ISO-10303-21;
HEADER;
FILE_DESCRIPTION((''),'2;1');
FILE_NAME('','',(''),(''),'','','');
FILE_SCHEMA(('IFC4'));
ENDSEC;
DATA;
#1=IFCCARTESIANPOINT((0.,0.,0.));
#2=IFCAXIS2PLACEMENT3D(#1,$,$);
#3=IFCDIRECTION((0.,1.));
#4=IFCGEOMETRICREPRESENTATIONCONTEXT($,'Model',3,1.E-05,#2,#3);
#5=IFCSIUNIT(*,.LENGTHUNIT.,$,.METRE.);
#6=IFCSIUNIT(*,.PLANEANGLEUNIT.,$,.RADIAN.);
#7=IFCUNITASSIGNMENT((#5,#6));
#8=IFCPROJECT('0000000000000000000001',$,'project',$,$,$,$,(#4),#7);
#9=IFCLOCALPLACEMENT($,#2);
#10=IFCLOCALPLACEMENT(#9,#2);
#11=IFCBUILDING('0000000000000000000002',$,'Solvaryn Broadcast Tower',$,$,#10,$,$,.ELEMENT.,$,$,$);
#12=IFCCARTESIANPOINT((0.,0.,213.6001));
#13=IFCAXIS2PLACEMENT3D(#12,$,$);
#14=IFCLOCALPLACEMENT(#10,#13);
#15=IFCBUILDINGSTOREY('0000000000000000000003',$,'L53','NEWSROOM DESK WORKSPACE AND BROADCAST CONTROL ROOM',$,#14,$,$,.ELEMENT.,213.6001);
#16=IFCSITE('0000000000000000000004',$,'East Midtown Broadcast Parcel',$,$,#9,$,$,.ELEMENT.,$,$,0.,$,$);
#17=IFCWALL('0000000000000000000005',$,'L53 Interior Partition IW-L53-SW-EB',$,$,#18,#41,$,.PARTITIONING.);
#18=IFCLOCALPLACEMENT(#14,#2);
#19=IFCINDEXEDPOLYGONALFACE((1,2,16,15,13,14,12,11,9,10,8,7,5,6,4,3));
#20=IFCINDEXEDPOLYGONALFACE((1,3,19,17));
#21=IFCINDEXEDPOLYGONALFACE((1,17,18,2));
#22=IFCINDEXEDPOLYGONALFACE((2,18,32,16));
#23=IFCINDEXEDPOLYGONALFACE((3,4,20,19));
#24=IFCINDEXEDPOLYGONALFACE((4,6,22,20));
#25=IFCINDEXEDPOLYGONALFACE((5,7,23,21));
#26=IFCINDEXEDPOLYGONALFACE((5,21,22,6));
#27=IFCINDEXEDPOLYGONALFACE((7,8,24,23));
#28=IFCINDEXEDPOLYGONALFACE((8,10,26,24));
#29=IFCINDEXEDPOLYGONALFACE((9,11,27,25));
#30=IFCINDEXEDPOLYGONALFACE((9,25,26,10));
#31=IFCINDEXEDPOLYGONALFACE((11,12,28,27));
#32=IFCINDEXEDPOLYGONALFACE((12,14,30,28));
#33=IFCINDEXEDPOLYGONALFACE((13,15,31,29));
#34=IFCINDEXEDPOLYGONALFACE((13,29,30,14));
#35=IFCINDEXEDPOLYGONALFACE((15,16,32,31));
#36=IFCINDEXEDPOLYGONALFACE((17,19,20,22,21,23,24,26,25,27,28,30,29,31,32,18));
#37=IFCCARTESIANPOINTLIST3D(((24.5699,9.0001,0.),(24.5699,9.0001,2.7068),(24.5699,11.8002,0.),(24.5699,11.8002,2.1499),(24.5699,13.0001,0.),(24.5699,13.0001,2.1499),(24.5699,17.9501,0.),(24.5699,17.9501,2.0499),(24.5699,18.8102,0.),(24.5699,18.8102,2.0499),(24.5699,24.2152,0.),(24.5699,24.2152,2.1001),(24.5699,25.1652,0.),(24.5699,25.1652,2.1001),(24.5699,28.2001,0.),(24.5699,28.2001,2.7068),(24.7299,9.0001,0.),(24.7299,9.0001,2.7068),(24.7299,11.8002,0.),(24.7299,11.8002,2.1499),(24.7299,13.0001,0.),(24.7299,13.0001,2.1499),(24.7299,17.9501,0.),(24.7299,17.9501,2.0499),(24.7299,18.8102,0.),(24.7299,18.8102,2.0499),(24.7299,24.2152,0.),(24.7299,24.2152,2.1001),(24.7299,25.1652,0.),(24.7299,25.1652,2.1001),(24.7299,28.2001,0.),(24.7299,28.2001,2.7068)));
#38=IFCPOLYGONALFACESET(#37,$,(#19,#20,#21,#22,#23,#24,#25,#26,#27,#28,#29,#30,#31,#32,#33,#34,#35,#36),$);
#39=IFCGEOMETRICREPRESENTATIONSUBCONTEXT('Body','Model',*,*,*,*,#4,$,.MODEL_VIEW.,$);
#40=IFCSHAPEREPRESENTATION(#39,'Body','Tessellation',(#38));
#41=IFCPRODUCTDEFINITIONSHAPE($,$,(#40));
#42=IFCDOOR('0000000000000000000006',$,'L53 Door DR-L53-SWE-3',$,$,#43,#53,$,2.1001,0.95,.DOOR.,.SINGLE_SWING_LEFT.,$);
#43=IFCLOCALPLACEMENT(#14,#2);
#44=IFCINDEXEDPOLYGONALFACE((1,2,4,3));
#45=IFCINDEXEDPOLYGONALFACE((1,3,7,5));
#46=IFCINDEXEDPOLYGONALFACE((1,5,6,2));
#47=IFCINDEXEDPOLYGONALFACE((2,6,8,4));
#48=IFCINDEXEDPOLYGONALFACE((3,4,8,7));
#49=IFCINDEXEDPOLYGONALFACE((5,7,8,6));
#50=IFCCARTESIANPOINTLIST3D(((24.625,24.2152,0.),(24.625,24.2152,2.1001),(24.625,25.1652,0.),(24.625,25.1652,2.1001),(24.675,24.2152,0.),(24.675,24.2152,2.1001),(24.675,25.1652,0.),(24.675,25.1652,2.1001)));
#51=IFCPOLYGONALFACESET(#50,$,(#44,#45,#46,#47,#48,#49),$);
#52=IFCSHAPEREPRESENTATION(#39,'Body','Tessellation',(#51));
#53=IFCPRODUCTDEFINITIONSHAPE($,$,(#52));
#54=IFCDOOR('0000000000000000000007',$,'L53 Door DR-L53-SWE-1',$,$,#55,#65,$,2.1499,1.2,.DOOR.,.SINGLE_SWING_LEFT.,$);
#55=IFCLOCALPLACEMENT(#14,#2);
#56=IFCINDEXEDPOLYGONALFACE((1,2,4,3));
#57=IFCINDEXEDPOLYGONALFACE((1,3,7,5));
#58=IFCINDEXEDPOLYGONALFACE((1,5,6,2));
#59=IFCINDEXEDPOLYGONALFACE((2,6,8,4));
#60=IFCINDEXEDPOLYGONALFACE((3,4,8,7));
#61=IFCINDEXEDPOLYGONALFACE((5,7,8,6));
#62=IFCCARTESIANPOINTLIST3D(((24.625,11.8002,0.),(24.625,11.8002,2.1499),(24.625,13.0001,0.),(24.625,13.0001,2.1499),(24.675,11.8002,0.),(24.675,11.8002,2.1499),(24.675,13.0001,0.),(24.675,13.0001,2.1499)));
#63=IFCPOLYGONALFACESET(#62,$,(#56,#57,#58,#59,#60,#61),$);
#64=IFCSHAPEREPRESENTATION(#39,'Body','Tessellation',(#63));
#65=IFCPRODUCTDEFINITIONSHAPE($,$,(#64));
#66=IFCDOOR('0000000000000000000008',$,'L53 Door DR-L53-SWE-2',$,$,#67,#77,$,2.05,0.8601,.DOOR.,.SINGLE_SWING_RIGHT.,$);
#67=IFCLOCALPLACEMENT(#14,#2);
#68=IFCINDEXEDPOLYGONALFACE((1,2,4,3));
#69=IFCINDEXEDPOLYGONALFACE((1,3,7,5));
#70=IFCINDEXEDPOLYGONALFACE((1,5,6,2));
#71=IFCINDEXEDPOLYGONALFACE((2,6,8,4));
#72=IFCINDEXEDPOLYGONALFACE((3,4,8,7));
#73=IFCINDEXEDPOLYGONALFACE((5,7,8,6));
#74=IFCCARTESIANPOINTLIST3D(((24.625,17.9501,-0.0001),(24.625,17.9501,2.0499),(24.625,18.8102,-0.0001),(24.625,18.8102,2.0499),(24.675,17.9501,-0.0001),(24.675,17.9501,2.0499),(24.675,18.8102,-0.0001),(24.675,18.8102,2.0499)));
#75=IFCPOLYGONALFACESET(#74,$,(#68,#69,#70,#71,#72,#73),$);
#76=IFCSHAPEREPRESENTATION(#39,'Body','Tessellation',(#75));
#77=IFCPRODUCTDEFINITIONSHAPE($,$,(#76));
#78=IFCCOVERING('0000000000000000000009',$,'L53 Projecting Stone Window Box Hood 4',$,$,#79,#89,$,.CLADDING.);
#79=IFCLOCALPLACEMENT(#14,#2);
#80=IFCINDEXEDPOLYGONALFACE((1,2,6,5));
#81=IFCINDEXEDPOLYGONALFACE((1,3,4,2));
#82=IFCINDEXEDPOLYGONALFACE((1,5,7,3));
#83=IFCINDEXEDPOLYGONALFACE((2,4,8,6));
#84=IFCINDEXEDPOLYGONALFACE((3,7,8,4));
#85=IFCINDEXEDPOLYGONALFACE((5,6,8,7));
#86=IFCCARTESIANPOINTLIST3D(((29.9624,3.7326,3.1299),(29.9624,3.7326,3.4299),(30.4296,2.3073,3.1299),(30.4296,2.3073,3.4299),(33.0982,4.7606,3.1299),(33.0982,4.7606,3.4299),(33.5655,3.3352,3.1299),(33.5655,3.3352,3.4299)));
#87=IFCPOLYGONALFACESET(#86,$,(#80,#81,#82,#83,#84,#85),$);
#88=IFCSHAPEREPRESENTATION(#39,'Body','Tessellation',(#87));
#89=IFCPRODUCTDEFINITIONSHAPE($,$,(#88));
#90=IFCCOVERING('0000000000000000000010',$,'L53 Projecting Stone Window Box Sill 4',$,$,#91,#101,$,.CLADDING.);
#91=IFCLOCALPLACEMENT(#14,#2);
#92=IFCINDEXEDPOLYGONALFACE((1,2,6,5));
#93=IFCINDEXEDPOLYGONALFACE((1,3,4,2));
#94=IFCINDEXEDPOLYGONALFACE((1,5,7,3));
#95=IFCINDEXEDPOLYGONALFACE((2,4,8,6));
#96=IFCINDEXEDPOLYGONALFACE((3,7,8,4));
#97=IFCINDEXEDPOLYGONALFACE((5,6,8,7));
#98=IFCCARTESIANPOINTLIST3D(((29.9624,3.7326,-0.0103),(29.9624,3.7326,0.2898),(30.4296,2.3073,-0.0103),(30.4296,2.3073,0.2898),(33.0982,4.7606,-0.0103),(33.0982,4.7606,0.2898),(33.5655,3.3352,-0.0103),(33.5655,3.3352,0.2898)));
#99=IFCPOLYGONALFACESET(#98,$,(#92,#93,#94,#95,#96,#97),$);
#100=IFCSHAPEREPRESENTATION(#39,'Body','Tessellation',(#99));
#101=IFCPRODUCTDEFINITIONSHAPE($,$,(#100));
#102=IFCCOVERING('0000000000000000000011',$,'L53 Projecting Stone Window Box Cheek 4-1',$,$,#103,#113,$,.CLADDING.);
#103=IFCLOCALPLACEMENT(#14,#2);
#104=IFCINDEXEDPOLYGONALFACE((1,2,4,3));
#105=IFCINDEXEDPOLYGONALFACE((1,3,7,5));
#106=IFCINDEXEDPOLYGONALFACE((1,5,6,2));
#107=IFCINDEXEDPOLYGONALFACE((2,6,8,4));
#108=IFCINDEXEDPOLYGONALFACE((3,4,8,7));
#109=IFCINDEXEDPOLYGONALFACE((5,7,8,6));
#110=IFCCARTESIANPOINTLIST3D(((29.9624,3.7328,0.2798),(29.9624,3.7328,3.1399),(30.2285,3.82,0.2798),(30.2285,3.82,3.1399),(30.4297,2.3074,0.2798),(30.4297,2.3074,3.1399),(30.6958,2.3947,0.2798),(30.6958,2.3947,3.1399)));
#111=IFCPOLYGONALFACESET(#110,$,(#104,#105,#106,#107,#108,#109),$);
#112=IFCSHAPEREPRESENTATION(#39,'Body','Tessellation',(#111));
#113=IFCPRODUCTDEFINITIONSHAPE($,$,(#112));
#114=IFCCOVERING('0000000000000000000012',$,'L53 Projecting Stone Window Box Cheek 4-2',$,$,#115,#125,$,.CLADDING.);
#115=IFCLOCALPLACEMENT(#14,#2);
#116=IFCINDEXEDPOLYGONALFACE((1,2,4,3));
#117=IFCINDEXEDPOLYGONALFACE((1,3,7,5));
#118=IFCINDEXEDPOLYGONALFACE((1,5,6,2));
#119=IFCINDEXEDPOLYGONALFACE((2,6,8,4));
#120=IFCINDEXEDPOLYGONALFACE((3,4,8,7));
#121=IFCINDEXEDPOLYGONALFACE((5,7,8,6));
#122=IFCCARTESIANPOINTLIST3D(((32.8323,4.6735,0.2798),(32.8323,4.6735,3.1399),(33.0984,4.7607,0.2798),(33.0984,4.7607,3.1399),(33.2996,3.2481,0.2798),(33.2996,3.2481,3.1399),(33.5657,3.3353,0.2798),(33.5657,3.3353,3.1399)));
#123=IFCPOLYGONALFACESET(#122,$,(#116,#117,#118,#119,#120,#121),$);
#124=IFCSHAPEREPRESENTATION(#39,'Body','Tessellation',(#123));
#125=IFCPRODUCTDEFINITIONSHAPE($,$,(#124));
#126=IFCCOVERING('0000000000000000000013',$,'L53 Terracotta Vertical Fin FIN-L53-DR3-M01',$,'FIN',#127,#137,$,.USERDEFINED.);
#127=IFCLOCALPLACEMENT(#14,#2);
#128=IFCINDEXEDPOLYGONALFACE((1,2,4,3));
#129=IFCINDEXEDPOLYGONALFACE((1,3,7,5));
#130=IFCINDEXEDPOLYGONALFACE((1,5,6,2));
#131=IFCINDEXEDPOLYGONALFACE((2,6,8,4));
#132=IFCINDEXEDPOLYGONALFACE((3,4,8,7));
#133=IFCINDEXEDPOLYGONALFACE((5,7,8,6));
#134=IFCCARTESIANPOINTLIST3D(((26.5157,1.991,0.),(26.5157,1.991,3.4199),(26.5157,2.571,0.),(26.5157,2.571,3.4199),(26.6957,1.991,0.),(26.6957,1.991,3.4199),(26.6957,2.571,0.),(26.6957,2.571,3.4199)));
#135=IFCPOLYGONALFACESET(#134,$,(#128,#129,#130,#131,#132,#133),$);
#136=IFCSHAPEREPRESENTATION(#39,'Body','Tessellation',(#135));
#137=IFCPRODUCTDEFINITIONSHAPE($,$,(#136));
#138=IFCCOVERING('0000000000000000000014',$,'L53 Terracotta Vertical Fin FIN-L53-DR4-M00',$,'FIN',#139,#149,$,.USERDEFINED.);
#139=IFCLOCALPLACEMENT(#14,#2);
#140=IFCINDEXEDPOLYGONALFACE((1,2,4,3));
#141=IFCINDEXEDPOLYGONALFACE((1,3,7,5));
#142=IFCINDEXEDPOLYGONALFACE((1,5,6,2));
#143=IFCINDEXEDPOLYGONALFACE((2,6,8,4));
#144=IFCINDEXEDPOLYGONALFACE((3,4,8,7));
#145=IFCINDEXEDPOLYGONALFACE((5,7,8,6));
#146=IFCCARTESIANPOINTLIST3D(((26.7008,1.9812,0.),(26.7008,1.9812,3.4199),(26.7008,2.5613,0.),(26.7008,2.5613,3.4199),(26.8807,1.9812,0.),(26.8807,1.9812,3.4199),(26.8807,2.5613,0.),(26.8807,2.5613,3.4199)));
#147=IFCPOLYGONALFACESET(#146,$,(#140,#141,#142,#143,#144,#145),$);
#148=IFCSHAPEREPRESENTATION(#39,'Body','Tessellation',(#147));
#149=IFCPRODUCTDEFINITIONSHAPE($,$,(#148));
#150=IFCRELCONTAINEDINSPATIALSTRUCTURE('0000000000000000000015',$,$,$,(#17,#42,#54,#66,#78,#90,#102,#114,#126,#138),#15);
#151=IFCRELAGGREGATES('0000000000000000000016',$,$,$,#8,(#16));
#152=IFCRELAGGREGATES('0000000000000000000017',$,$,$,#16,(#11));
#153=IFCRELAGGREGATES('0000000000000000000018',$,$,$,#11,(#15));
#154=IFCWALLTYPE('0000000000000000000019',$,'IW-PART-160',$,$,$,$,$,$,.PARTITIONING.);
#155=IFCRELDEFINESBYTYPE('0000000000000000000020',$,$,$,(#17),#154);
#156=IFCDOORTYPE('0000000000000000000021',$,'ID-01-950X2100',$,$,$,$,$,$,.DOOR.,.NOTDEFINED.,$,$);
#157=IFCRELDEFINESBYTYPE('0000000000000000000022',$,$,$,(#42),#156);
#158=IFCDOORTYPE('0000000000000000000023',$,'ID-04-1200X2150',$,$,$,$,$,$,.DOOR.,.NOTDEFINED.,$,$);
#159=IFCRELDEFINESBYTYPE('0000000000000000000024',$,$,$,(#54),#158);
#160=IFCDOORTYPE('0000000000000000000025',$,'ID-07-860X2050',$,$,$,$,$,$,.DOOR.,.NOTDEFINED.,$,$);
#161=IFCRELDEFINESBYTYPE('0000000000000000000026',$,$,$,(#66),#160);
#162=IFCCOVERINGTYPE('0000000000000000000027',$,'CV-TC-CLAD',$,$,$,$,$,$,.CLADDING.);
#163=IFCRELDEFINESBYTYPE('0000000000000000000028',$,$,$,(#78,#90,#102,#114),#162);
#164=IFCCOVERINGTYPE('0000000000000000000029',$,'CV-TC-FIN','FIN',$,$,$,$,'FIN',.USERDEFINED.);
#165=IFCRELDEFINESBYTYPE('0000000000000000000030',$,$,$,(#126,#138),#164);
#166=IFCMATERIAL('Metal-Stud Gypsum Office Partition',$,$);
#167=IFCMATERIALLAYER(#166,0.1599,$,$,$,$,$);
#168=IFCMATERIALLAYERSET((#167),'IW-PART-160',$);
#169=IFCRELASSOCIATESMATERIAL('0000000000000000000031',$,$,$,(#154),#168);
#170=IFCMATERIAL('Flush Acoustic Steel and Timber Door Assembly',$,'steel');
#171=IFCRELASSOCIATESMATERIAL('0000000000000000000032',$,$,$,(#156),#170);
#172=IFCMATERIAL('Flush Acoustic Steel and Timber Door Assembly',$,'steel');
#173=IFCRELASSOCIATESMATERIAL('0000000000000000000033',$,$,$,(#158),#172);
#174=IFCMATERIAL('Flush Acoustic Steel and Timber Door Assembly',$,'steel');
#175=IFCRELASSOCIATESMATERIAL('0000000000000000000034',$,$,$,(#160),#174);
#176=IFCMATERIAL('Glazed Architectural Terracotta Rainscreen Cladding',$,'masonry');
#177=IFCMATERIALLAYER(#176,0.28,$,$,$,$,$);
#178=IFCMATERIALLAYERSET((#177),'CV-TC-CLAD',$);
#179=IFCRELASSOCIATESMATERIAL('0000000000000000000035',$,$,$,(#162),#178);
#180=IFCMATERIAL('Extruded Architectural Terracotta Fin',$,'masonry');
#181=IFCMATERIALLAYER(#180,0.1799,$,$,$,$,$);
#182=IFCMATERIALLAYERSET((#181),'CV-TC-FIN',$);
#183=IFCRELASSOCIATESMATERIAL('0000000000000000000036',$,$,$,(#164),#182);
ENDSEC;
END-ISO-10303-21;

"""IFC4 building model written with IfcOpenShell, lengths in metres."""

from ifc_helpers import new_model, si_unit, direction, frame, frame_2d, origin, origin_2d, place, context, subcontext, project, spatial, rectangle, extrude, material, layer, layer_set, type_object, element, fill, save


model = new_model("IFC4")

# Units and contexts
model_context = context("Model", 3, precision=1e-05, world=origin(), true_north=direction((0.0, 1.0)))
body_context = subcontext(model_context, "Body", "Model", "MODEL_VIEW")
ifc_project = project(units=[si_unit("LENGTHUNIT", "METRE"), si_unit("PLANEANGLEUNIT", "RADIAN")], contexts=[model_context])

# Site, building, storey
site_placement = place(None, origin())
site = spatial("IfcSite", under=ifc_project, at=site_placement, Name="East Midtown Broadcast Parcel", CompositionType="ELEMENT", RefElevation=0.0)
building_placement = place(site_placement, origin())
building = spatial("IfcBuilding", under=site, at=building_placement, Name="Solvaryn Broadcast Tower", CompositionType="ELEMENT")
storey_placement = place(building_placement, frame((0.0, 0.0, 213.6001)))
storey = spatial("IfcBuildingStorey", under=building, at=storey_placement, Name="L53", Description="NEWSROOM DESK WORKSPACE AND BROADCAST CONTROL ROOM", CompositionType="ELEMENT", Elevation=213.6001)

# Wall, openings, doors
ifc_material_1 = material(Name="Metal-Stud Gypsum Office Partition")
ifc_layer_1 = layer(ifc_material_1, 0.1599)
ifc_layer_set_1 = layer_set([ifc_layer_1], Name="IW-PART-160")
wall_type_1 = type_object("IfcWallType", Name="IW-PART-160", PredefinedType="PARTITIONING", material=ifc_layer_set_1)
wall_1_placement = place(storey_placement, frame((24.6499, 9.0, 0.0), z_axis=(0.0, 0.0, 1.0), x_axis=(0.0, 1.0, 0.0)))
wall_1 = element("IfcWall", 1, at=wall_1_placement, inside=storey, type_object=wall_type_1, Name="L53 Interior Partition IW-L53-SW-EB", PredefinedType="PARTITIONING", context=body_context, shape_type="SweptSolid", body=[
    extrude(rectangle(XDim=19.2, YDim=0.1599, at=frame_2d((9.6001, 0.0))), origin(), (0.0, 0.0, 1.0), 2.7068),
])
opening_1_placement = place(wall_1_placement, frame((2.8, 0.0, 0.0)))
opening_1 = element("IfcOpeningElement", 2, at=opening_1_placement, cuts=wall_1, PredefinedType="OPENING", context=body_context, shape_type="SweptSolid", body=[
    extrude(rectangle(XDim=1.2, YDim=2.1499, at=frame_2d((0.6001, 1.075))), frame((0.0, 0.0901, 0.0), z_axis=(0.0, -1.0, 0.0), x_axis=(1.0, 0.0, 0.0)), (0.0, 0.0, 1.0), 0.1799),
])
opening_2_placement = place(wall_1_placement, frame((8.95, 0.0, 0.0)))
opening_2 = element("IfcOpeningElement", 3, at=opening_2_placement, cuts=wall_1, PredefinedType="OPENING", context=body_context, shape_type="SweptSolid", body=[
    extrude(rectangle(XDim=0.8601, YDim=2.05, at=frame_2d((0.4302, 1.0249))), frame((0.0, 0.0901, 0.0), z_axis=(0.0, -1.0, 0.0), x_axis=(1.0, 0.0, 0.0)), (0.0, 0.0, 1.0), 0.1799),
])
opening_3_placement = place(wall_1_placement, frame((15.2151, 0.0, 0.0)))
opening_3 = element("IfcOpeningElement", 4, at=opening_3_placement, cuts=wall_1, PredefinedType="OPENING", context=body_context, shape_type="SweptSolid", body=[
    extrude(rectangle(XDim=0.95, YDim=2.1001, at=frame_2d((0.4751, 1.05))), frame((0.0, 0.0901, 0.0), z_axis=(0.0, -1.0, 0.0), x_axis=(1.0, 0.0, 0.0)), (0.0, 0.0, 1.0), 0.1799),
])
ifc_material_2 = material(Name="Flush Acoustic Steel and Timber Door Assembly", Category="steel")
door_type_1 = type_object("IfcDoorType", Name="ID-01-950X2100", OperationType="NOTDEFINED", PredefinedType="DOOR", material=ifc_material_2)
door_1_placement = place(opening_3_placement, origin())
door_1 = element("IfcDoor", 5, at=door_1_placement, inside=storey, type_object=door_type_1, Name="L53 Door DR-L53-SWE-3", OperationType="SINGLE_SWING_LEFT", OverallHeight=2.1001, OverallWidth=0.95, PredefinedType="DOOR", context=body_context, shape_type="SweptSolid", body=[
    extrude(rectangle(XDim=0.95, YDim=2.1001, at=frame_2d((0.4751, 1.05))), frame((0.0, 0.0249, 0.0), z_axis=(0.0, -1.0, 0.0), x_axis=(1.0, 0.0, 0.0)), (0.0, 0.0, 1.0), 0.05),
])
fill(opening_3, door_1)
ifc_material_3 = material(Name="Flush Acoustic Steel and Timber Door Assembly", Category="steel")
door_type_2 = type_object("IfcDoorType", Name="ID-04-1200X2150", OperationType="NOTDEFINED", PredefinedType="DOOR", material=ifc_material_3)
door_2_placement = place(opening_1_placement, origin())
door_2 = element("IfcDoor", 6, at=door_2_placement, inside=storey, type_object=door_type_2, Name="L53 Door DR-L53-SWE-1", OperationType="SINGLE_SWING_LEFT", OverallHeight=2.1499, OverallWidth=1.2, PredefinedType="DOOR", context=body_context, shape_type="SweptSolid", body=[
    extrude(rectangle(XDim=1.2, YDim=2.1499, at=frame_2d((0.6001, 1.075))), frame((0.0, 0.0249, 0.0), z_axis=(0.0, -1.0, 0.0), x_axis=(1.0, 0.0, 0.0)), (0.0, 0.0, 1.0), 0.05),
])
fill(opening_1, door_2)
ifc_material_4 = material(Name="Flush Acoustic Steel and Timber Door Assembly", Category="steel")
door_type_3 = type_object("IfcDoorType", Name="ID-07-860X2050", OperationType="NOTDEFINED", PredefinedType="DOOR", material=ifc_material_4)
door_3_placement = place(opening_2_placement, origin())
door_3 = element("IfcDoor", 7, at=door_3_placement, inside=storey, type_object=door_type_3, Name="L53 Door DR-L53-SWE-2", OperationType="SINGLE_SWING_RIGHT", OverallHeight=2.05, OverallWidth=0.8601, PredefinedType="DOOR", context=body_context, shape_type="SweptSolid", body=[
    extrude(rectangle(XDim=0.8601, YDim=2.05, at=frame_2d((0.4302, 1.0249))), frame((0.0, 0.0249, 0.0), z_axis=(0.0, -1.0, 0.0), x_axis=(1.0, 0.0, 0.0)), (0.0, 0.0, 1.0), 0.05),
])
fill(opening_2, door_3)

# Coverings
ifc_material_5 = material(Name="Glazed Architectural Terracotta Rainscreen Cladding", Category="masonry")
ifc_layer_2 = layer(ifc_material_5, 0.28)
ifc_layer_set_2 = layer_set([ifc_layer_2], Name="CV-TC-CLAD")
covering_type_1 = type_object("IfcCoveringType", Name="CV-TC-CLAD", PredefinedType="CLADDING", material=ifc_layer_set_2)
for number, where, z_axis, x_axis, name in (
    (8, (31.7639, 3.5339, 3.1299), (0.0, 0.0, 1.0), (0.950244, 0.311506, 0.0), "L53 Projecting Stone Window Box Hood 4"),
    (9, (31.7639, 3.5339, -0.0103), (0.0, 0.0, 1.0), (0.950244, 0.311506, 0.0), "L53 Projecting Stone Window Box Sill 4"),
):
    element("IfcCovering", number, at=place(storey_placement, frame(where, z_axis=z_axis, x_axis=x_axis)), inside=storey, type_object=covering_type_1, Name=name, PredefinedType="CLADDING", context=body_context, shape_type="SweptSolid", body=[
        extrude(rectangle(XDim=3.3, YDim=1.5, at=origin_2d()), origin(), (0.0, 0.0, 1.0), 0.3),
    ])
for number, where, z_axis, x_axis, name in (
    (10, (30.3291, 3.0637, 0.2798), (0.0, 0.0, 1.0), (0.950244, 0.311506, 0.0), "L53 Projecting Stone Window Box Cheek 4-1"),
    (11, (33.199, 4.0044, 0.2798), (0.0, 0.0, 1.0), (0.950244, 0.311506, 0.0), "L53 Projecting Stone Window Box Cheek 4-2"),
):
    element("IfcCovering", number, at=place(storey_placement, frame(where, z_axis=z_axis, x_axis=x_axis)), inside=storey, type_object=covering_type_1, Name=name, PredefinedType="CLADDING", context=body_context, shape_type="SweptSolid", body=[
        extrude(rectangle(XDim=0.28, YDim=1.5, at=origin_2d()), origin(), (0.0, 0.0, 1.0), 2.8601),
    ])
ifc_material_6 = material(Name="Extruded Architectural Terracotta Fin", Category="masonry")
ifc_layer_3 = layer(ifc_material_6, 0.1799)
ifc_layer_set_3 = layer_set([ifc_layer_3], Name="CV-TC-FIN")
covering_type_2 = type_object("IfcCoveringType", Name="CV-TC-FIN", Description="FIN", ElementType="FIN", PredefinedType="USERDEFINED", material=ifc_layer_set_3)
for number, where, z_axis, x_axis, name in (
    (12, (26.6057, 2.281, 0.0), (0.0, 0.0, 1.0), (1.0, 0.0, 0.0), "L53 Terracotta Vertical Fin FIN-L53-DR3-M01"),
    (13, (26.7908, 2.2712, 0.0), (0.0, 0.0, 1.0), (1.0, 0.0, 0.0), "L53 Terracotta Vertical Fin FIN-L53-DR4-M00"),
):
    element("IfcCovering", number, at=place(storey_placement, frame(where, z_axis=z_axis, x_axis=x_axis)), inside=storey, type_object=covering_type_2, Name=name, ObjectType="FIN", PredefinedType="USERDEFINED", context=body_context, shape_type="SweptSolid", body=[
        extrude(rectangle(XDim=0.1799, YDim=0.5801, at=origin_2d()), origin(), (0.0, 0.0, 1.0), 3.4199),
    ])

save(model, "model.ifc")
